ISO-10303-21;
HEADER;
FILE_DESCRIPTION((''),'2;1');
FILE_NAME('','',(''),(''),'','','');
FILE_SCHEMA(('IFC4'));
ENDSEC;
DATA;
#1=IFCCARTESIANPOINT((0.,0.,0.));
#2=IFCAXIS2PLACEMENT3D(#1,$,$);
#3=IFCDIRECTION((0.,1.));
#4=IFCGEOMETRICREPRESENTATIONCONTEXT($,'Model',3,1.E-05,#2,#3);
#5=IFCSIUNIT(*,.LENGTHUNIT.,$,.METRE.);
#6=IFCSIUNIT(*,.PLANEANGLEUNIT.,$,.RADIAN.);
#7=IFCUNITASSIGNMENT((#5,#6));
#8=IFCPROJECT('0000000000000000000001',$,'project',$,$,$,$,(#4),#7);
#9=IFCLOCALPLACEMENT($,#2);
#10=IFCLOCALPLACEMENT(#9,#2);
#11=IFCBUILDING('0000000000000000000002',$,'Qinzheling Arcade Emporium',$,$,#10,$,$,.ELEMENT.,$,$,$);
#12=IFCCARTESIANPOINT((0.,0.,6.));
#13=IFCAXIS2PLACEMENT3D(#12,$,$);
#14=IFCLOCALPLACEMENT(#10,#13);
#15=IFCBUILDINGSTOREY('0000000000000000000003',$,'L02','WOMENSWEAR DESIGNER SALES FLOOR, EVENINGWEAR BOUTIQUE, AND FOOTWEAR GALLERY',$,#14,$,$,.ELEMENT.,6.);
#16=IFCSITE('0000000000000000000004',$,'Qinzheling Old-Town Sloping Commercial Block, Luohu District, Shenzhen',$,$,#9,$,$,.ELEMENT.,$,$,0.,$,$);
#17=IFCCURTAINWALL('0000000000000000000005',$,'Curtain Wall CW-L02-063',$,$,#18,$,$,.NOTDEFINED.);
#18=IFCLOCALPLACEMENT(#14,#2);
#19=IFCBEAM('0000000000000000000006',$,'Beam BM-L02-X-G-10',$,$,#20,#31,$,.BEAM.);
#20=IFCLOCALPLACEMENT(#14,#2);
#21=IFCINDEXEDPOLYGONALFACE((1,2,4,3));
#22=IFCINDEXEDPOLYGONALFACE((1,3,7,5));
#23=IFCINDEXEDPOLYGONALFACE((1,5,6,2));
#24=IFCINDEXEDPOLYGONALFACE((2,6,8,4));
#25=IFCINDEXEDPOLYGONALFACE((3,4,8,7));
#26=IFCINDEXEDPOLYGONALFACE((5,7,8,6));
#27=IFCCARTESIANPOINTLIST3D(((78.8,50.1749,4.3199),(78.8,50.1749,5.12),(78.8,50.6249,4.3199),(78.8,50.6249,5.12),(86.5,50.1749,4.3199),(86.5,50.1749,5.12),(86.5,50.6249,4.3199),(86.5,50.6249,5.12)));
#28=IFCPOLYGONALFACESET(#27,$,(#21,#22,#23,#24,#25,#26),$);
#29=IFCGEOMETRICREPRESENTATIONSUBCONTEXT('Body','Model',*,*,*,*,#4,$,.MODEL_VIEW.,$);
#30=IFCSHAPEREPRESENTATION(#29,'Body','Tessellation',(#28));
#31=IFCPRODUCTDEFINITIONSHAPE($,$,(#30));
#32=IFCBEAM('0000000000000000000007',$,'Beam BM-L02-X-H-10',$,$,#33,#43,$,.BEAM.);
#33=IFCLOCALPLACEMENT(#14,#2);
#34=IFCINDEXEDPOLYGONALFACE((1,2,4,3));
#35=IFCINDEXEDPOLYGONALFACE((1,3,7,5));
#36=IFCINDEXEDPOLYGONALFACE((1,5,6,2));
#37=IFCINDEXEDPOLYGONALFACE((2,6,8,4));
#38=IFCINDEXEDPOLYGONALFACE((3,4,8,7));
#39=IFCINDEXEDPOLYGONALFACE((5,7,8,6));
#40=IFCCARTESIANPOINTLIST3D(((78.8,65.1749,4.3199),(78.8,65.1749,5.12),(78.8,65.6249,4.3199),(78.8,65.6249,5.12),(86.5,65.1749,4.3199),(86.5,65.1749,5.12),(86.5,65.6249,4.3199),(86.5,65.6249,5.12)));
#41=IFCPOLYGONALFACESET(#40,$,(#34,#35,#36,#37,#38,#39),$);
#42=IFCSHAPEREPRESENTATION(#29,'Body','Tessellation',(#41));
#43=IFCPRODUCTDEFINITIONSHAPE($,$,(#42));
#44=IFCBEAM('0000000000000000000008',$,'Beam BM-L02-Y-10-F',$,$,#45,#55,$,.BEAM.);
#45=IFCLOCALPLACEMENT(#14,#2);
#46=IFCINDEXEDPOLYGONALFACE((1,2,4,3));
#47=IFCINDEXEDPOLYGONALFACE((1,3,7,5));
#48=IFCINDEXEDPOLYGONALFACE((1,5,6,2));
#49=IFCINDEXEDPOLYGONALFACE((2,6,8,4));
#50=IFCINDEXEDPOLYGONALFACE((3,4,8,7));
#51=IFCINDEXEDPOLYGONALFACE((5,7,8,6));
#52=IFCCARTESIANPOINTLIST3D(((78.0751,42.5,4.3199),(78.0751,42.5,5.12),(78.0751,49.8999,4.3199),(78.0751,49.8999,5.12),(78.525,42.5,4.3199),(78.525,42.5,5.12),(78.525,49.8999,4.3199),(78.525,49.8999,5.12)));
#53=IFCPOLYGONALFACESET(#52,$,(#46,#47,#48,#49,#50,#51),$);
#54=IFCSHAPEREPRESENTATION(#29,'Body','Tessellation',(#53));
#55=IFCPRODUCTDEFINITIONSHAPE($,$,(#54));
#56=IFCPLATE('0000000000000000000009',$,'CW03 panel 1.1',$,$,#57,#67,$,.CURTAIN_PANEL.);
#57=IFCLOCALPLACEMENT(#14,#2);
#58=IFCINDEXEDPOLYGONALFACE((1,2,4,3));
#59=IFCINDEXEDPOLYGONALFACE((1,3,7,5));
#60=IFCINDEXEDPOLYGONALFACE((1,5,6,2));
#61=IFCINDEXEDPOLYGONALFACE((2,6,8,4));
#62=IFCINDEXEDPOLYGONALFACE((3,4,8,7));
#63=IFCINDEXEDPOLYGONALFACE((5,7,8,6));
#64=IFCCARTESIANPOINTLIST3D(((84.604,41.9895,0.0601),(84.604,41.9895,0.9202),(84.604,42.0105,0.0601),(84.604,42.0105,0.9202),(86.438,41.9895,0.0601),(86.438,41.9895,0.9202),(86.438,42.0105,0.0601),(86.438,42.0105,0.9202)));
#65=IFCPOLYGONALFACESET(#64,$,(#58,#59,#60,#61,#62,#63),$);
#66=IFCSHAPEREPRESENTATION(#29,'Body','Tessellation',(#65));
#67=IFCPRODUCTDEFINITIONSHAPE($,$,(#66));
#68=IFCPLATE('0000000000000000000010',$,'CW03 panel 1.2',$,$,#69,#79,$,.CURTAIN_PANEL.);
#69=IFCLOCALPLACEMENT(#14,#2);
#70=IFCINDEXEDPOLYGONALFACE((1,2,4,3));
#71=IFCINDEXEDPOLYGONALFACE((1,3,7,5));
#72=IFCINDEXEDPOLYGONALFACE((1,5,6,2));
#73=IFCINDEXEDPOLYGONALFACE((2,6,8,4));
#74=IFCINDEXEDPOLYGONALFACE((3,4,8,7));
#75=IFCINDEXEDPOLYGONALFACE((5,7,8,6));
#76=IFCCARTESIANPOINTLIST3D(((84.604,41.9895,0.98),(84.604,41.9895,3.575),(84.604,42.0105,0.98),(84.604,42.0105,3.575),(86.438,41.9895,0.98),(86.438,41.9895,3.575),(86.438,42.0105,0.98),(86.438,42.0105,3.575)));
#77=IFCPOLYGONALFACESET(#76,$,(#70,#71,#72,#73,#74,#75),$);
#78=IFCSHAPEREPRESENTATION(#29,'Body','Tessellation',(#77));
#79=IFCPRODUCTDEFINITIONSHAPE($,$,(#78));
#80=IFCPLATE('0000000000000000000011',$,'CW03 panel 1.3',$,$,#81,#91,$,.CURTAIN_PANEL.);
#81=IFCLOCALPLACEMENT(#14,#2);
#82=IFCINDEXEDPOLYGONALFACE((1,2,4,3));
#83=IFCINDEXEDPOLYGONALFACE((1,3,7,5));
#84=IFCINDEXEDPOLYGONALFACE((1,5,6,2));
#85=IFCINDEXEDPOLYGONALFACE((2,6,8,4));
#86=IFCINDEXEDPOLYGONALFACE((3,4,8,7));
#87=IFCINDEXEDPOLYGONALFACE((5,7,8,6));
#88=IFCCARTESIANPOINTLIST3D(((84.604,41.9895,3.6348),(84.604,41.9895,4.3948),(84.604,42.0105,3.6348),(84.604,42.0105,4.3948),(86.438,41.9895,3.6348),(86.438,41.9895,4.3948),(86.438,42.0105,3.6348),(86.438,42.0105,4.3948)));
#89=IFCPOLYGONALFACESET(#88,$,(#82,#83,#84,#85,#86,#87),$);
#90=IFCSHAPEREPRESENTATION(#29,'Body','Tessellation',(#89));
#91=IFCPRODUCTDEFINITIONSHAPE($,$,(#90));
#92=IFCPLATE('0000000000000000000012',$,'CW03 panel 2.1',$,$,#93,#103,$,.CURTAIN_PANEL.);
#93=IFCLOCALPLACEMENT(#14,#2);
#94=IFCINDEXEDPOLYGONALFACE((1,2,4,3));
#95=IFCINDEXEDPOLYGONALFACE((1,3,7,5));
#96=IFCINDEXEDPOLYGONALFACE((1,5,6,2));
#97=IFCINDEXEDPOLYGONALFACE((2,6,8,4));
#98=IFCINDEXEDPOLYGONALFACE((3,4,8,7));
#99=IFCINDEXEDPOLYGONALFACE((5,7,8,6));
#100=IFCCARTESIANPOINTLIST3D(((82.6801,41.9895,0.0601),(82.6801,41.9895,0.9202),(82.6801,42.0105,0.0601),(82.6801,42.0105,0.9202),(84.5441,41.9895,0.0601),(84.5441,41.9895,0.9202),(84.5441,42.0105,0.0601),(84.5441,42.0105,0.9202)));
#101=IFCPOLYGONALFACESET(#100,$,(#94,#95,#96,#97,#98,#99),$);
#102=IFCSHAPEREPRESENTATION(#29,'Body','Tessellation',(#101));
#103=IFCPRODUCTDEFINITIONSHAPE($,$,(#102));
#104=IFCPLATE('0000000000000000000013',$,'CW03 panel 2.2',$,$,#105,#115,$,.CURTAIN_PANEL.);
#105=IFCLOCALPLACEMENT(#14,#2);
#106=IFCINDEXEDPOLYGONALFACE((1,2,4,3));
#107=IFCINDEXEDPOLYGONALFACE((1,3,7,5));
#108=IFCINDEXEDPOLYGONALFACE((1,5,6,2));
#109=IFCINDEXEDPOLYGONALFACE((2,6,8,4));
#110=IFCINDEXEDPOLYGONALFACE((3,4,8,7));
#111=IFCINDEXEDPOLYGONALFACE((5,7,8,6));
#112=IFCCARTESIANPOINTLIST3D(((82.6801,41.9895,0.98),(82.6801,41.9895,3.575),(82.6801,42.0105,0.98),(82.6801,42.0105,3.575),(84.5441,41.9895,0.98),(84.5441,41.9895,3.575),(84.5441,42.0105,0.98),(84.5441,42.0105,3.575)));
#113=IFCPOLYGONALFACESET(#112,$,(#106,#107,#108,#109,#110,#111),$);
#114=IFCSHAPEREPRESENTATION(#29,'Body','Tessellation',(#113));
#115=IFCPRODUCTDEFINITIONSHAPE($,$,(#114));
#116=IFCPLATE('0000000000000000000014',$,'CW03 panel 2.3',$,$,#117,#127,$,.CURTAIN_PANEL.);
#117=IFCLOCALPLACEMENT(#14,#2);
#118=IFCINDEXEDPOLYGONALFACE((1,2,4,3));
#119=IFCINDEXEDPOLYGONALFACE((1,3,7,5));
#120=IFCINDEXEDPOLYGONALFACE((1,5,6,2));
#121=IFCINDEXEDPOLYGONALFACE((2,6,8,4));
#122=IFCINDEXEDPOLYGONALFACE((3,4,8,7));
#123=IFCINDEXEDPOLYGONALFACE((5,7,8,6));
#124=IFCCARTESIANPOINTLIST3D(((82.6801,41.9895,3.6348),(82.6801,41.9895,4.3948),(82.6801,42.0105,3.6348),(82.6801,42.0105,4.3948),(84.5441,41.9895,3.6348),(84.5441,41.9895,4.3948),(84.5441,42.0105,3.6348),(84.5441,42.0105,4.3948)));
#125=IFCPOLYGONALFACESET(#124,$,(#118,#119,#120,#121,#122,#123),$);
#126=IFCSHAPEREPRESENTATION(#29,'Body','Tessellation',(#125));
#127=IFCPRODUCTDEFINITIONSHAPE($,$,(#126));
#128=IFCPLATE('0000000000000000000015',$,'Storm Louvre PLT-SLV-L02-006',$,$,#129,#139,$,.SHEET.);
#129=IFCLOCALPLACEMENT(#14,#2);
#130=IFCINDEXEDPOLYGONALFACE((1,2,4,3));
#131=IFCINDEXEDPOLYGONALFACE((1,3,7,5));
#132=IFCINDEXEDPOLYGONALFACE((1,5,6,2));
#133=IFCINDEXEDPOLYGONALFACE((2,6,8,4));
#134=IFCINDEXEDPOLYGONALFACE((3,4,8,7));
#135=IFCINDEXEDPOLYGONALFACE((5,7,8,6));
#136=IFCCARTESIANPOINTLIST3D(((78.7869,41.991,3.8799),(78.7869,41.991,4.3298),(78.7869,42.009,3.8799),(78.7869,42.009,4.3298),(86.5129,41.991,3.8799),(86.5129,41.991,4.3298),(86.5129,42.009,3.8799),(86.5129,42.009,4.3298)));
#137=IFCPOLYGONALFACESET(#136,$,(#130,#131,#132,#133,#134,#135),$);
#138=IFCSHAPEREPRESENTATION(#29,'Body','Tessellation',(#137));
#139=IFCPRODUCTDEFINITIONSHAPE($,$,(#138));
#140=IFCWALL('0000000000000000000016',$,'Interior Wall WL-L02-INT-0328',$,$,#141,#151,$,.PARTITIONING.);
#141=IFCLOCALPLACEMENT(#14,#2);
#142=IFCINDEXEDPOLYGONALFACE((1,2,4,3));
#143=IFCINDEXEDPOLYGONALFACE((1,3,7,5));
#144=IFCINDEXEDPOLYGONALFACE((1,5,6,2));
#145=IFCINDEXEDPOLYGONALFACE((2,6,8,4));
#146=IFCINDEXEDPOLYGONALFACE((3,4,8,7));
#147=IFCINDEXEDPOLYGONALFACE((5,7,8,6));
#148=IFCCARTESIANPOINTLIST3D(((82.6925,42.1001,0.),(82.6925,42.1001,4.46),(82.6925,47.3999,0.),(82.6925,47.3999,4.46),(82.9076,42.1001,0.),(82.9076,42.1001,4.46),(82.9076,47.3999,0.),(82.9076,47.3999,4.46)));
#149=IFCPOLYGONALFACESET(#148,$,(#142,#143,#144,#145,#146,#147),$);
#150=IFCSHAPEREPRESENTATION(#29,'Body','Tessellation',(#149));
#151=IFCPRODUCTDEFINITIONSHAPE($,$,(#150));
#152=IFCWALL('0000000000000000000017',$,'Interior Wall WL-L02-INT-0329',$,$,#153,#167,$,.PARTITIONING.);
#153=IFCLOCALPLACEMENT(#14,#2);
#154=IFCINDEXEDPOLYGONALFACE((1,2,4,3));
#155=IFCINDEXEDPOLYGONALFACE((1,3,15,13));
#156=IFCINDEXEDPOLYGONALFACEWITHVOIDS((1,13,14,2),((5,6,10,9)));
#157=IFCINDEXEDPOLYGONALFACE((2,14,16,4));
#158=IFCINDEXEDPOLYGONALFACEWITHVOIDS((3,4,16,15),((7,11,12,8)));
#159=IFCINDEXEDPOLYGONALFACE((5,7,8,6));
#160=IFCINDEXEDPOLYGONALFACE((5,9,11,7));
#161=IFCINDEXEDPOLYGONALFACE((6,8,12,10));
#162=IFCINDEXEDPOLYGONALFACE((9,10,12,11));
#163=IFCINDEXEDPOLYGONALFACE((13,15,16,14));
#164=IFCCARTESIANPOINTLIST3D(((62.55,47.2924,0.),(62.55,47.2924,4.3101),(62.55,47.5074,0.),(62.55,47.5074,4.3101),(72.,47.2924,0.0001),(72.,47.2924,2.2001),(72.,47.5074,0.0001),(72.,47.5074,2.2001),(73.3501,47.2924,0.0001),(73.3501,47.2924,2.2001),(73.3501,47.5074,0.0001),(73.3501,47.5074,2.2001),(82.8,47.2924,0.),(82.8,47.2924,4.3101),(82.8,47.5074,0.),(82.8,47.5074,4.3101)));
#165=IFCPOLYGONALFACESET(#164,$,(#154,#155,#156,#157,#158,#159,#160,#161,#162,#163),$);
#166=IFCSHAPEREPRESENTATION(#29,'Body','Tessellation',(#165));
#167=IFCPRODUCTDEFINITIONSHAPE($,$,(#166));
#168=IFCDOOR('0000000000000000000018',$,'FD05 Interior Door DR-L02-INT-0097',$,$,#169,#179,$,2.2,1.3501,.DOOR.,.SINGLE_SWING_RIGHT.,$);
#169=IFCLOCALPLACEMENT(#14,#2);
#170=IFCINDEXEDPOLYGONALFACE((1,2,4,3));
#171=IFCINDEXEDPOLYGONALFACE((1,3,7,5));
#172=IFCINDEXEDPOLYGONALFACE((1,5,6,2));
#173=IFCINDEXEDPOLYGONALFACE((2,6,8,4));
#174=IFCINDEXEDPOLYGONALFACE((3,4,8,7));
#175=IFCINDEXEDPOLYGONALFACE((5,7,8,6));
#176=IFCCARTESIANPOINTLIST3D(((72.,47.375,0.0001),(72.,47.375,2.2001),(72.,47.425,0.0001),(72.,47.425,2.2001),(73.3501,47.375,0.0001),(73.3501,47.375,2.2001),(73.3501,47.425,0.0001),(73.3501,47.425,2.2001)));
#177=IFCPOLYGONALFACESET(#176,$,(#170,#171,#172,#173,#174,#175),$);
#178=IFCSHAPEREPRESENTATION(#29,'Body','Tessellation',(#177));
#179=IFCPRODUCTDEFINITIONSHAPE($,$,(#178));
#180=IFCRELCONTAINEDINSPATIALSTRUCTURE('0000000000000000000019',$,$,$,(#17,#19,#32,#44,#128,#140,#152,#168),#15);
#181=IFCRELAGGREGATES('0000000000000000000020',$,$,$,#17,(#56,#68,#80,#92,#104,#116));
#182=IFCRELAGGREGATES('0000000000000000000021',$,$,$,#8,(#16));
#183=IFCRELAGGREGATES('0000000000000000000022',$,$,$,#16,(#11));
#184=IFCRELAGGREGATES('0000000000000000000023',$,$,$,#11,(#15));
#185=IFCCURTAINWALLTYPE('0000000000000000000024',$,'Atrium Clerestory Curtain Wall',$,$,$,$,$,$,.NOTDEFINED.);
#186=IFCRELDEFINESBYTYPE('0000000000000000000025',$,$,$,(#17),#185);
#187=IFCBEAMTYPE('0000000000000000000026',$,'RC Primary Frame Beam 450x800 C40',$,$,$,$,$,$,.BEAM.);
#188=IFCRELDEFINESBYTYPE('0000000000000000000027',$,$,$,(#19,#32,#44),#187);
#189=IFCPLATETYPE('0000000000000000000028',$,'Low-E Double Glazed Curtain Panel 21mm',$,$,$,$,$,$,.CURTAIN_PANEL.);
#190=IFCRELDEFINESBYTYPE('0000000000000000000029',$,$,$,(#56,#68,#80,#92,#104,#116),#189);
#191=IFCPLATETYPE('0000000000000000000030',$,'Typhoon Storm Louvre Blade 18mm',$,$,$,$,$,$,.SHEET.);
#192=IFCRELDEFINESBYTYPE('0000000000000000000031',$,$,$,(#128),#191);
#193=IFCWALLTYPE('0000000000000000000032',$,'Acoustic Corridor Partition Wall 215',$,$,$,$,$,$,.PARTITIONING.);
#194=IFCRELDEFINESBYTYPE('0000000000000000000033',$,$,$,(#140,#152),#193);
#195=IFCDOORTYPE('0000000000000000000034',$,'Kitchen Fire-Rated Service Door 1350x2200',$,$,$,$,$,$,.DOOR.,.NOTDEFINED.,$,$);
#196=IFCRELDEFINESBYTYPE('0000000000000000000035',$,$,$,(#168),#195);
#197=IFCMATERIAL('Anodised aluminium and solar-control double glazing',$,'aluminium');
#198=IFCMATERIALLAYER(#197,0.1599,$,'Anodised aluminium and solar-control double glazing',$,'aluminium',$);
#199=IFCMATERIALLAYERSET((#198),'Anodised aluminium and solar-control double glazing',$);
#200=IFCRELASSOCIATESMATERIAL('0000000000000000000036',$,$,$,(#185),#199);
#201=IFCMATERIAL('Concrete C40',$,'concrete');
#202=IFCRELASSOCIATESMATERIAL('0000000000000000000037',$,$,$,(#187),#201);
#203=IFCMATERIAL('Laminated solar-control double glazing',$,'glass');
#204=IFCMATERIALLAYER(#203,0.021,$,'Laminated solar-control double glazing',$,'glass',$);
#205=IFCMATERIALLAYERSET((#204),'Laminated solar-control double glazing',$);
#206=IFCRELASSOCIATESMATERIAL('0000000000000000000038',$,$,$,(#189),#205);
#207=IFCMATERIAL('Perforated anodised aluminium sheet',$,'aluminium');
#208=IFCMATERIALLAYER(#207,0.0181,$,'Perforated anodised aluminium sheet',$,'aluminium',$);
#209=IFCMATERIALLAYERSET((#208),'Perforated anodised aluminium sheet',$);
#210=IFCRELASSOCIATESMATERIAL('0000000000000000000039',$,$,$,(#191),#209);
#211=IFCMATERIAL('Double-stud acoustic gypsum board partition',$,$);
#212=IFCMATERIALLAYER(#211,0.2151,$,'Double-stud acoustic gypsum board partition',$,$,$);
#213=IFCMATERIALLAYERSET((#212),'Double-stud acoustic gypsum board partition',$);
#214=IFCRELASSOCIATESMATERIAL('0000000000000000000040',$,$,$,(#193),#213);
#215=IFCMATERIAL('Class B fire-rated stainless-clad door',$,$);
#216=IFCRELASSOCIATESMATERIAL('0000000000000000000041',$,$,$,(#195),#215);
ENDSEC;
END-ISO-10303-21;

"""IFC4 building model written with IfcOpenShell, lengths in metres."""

from ifc_helpers import new_model, si_unit, direction, frame, frame_2d, origin, origin_2d, place, context, subcontext, project, spatial, rectangle, extrude, material, layer, layer_set, material_profile, profile_set, type_object, element, fill, aggregate, save


model = new_model("IFC4")

# Units and contexts
model_context = context("Model", 3, precision=1e-05, world=origin(), true_north=direction((0.0, 1.0)))
body_context = subcontext(model_context, "Body", "Model", "MODEL_VIEW")
ifc_project = project(units=[si_unit("LENGTHUNIT", "METRE"), si_unit("PLANEANGLEUNIT", "RADIAN")], contexts=[model_context])

# Site, building, storey
site_placement = place(None, origin())
site = spatial("IfcSite", under=ifc_project, at=site_placement, Name="Qinzheling Old-Town Sloping Commercial Block, Luohu District, Shenzhen", CompositionType="ELEMENT", RefElevation=0.0)
building_placement = place(site_placement, origin())
building = spatial("IfcBuilding", under=site, at=building_placement, Name="Qinzheling Arcade Emporium", CompositionType="ELEMENT")
storey_placement = place(building_placement, frame((0.0, 0.0, 6.0)))
storey = spatial("IfcBuildingStorey", under=building, at=storey_placement, Name="L02", Description="WOMENSWEAR DESIGNER SALES FLOOR, EVENINGWEAR BOUTIQUE, AND FOOTWEAR GALLERY", CompositionType="ELEMENT", Elevation=6.0)

# Curtain wall
ifc_material_1 = material(Name="Anodised aluminium and solar-control double glazing", Category="aluminium")
ifc_layer_1 = layer(ifc_material_1, 0.1599, Name="Anodised aluminium and solar-control double glazing", Category="aluminium")
ifc_layer_set_1 = layer_set([ifc_layer_1], Name="Anodised aluminium and solar-control double glazing")
curtain_wall_type = type_object("IfcCurtainWallType", Name="Atrium Clerestory Curtain Wall", PredefinedType="NOTDEFINED", material=ifc_layer_set_1)
curtain_wall_placement = place(storey_placement, origin())
curtain_wall = element("IfcCurtainWall", 1, at=curtain_wall_placement, inside=storey, type_object=curtain_wall_type, Name="Curtain Wall CW-L02-063", PredefinedType="NOTDEFINED")

# Beams
ifc_material_2 = material(Name="Concrete C40", Category="concrete")
ifc_material_profile_1 = material_profile(ifc_material_2, rectangle(XDim=0.45, YDim=0.8, at=origin_2d()), Name="RC 450x800", Category="concrete")
ifc_profile_set_1 = profile_set([ifc_material_profile_1], Name="Concrete C40")
beam_type = type_object("IfcBeamType", Name="RC Primary Frame Beam 450x800 C40", PredefinedType="BEAM", material=ifc_profile_set_1)
for number, where, z_axis, x_axis, name in (
    (2, (78.8, 50.3999, 4.72), (1.0, 0.0, 0.0), (0.0, 1.0, 0.0), "Beam BM-L02-X-G-10"),
    (3, (78.8, 65.3999, 4.72), (1.0, 0.0, 0.0), (0.0, 1.0, 0.0), "Beam BM-L02-X-H-10"),
):
    element("IfcBeam", number, at=place(storey_placement, frame(where, z_axis=z_axis, x_axis=x_axis)), inside=storey, type_object=beam_type, Name=name, PredefinedType="BEAM", context=body_context, shape_type="SweptSolid", body=[
        extrude(rectangle(XDim=0.45, YDim=0.8, at=origin_2d()), origin(), (0.0, 0.0, 1.0), 7.7),
    ])
beam_placement = place(storey_placement, frame((78.3, 42.5, 4.72), z_axis=(0.0, 1.0, 0.0), x_axis=(-1.0, 0.0, 0.0)))
element("IfcBeam", 4, at=beam_placement, inside=storey, type_object=beam_type, Name="Beam BM-L02-Y-10-F", PredefinedType="BEAM", context=body_context, shape_type="SweptSolid", body=[
    extrude(rectangle(XDim=0.45, YDim=0.8, at=origin_2d()), origin(), (0.0, 0.0, 1.0), 7.3999),
])

# Plates
ifc_material_3 = material(Name="Laminated solar-control double glazing", Category="glass")
ifc_layer_2 = layer(ifc_material_3, 0.021, Name="Laminated solar-control double glazing", Category="glass")
ifc_layer_set_2 = layer_set([ifc_layer_2], Name="Laminated solar-control double glazing")
plate_type_1 = type_object("IfcPlateType", Name="Low-E Double Glazed Curtain Panel 21mm", PredefinedType="CURTAIN_PANEL", material=ifc_layer_set_2)
plate_1_placement = place(storey_placement, frame((85.521, 42.0, 0.0601), z_axis=(0.0, 0.0, 1.0), x_axis=(-1.0, 0.0, 0.0)))
plate_1 = element("IfcPlate", 5, at=plate_1_placement, type_object=plate_type_1, Name="CW03 panel 1.1", PredefinedType="CURTAIN_PANEL", context=body_context, shape_type="SweptSolid", body=[
    extrude(rectangle(XDim=1.834, YDim=0.021, at=origin_2d()), origin(), (0.0, 0.0, 1.0), 0.8601),
])
plate_2_placement = place(storey_placement, frame((85.521, 42.0, 0.98), z_axis=(0.0, 0.0, 1.0), x_axis=(-1.0, 0.0, 0.0)))
plate_2 = element("IfcPlate", 6, at=plate_2_placement, type_object=plate_type_1, Name="CW03 panel 1.2", PredefinedType="CURTAIN_PANEL", context=body_context, shape_type="SweptSolid", body=[
    extrude(rectangle(XDim=1.834, YDim=0.021, at=origin_2d()), origin(), (0.0, 0.0, 1.0), 2.595),
])
plate_3_placement = place(storey_placement, frame((85.521, 42.0, 3.6348), z_axis=(0.0, 0.0, 1.0), x_axis=(-1.0, 0.0, 0.0)))
plate_3 = element("IfcPlate", 7, at=plate_3_placement, type_object=plate_type_1, Name="CW03 panel 1.3", PredefinedType="CURTAIN_PANEL", context=body_context, shape_type="SweptSolid", body=[
    extrude(rectangle(XDim=1.834, YDim=0.021, at=origin_2d()), origin(), (0.0, 0.0, 1.0), 0.76),
])
plate_4_placement = place(storey_placement, frame((83.6121, 42.0, 0.0601), z_axis=(0.0, 0.0, 1.0), x_axis=(-1.0, 0.0, 0.0)))
plate_4 = element("IfcPlate", 8, at=plate_4_placement, type_object=plate_type_1, Name="CW03 panel 2.1", PredefinedType="CURTAIN_PANEL", context=body_context, shape_type="SweptSolid", body=[
    extrude(rectangle(XDim=1.864, YDim=0.021, at=origin_2d()), origin(), (0.0, 0.0, 1.0), 0.8601),
])
plate_5_placement = place(storey_placement, frame((83.6121, 42.0, 0.98), z_axis=(0.0, 0.0, 1.0), x_axis=(-1.0, 0.0, 0.0)))
plate_5 = element("IfcPlate", 9, at=plate_5_placement, type_object=plate_type_1, Name="CW03 panel 2.2", PredefinedType="CURTAIN_PANEL", context=body_context, shape_type="SweptSolid", body=[
    extrude(rectangle(XDim=1.864, YDim=0.021, at=origin_2d()), origin(), (0.0, 0.0, 1.0), 2.595),
])
plate_6_placement = place(storey_placement, frame((83.6121, 42.0, 3.6348), z_axis=(0.0, 0.0, 1.0), x_axis=(-1.0, 0.0, 0.0)))
plate_6 = element("IfcPlate", 10, at=plate_6_placement, type_object=plate_type_1, Name="CW03 panel 2.3", PredefinedType="CURTAIN_PANEL", context=body_context, shape_type="SweptSolid", body=[
    extrude(rectangle(XDim=1.864, YDim=0.021, at=origin_2d()), origin(), (0.0, 0.0, 1.0), 0.76),
])
aggregate(curtain_wall, [plate_1, plate_2, plate_3, plate_4, plate_5, plate_6])
ifc_material_4 = material(Name="Perforated anodised aluminium sheet", Category="aluminium")
ifc_layer_3 = layer(ifc_material_4, 0.0181, Name="Perforated anodised aluminium sheet", Category="aluminium")
ifc_layer_set_3 = layer_set([ifc_layer_3], Name="Perforated anodised aluminium sheet")
plate_type_2 = type_object("IfcPlateType", Name="Typhoon Storm Louvre Blade 18mm", PredefinedType="SHEET", material=ifc_layer_set_3)
plate_7_placement = place(storey_placement, frame((82.6499, 42.0, 3.8799), z_axis=(0.0, 0.0, 1.0), x_axis=(-1.0, 0.0, 0.0)))
element("IfcPlate", 11, at=plate_7_placement, inside=storey, type_object=plate_type_2, Name="Storm Louvre PLT-SLV-L02-006", PredefinedType="SHEET", context=body_context, shape_type="SweptSolid", body=[
    extrude(rectangle(XDim=7.7261, YDim=0.0181, at=origin_2d()), origin(), (0.0, 0.0, 1.0), 0.45),
])

# Wall
ifc_material_5 = material(Name="Double-stud acoustic gypsum board partition")
ifc_layer_4 = layer(ifc_material_5, 0.2151, Name="Double-stud acoustic gypsum board partition")
ifc_layer_set_4 = layer_set([ifc_layer_4], Name="Double-stud acoustic gypsum board partition")
wall_type = type_object("IfcWallType", Name="Acoustic Corridor Partition Wall 215", PredefinedType="PARTITIONING", material=ifc_layer_set_4)
wall_1_placement = place(storey_placement, frame((82.8, 42.1001, 0.0), z_axis=(0.0, 0.0, 1.0), x_axis=(0.0, 1.0, 0.0)))
element("IfcWall", 12, at=wall_1_placement, inside=storey, type_object=wall_type, Name="Interior Wall WL-L02-INT-0328", PredefinedType="PARTITIONING", context=body_context, shape_type="SweptSolid", body=[
    extrude(rectangle(XDim=5.2998, YDim=0.2151, at=frame_2d((2.6499, 0.0))), origin(), (0.0, 0.0, 1.0), 4.46),
])

# Wall, opening, door
wall_2_placement = place(storey_placement, frame((82.8, 47.3999, 0.0), z_axis=(0.0, 0.0, 1.0), x_axis=(-1.0, 0.0, 0.0)))
wall_2 = element("IfcWall", 13, at=wall_2_placement, inside=storey, type_object=wall_type, Name="Interior Wall WL-L02-INT-0329", PredefinedType="PARTITIONING", context=body_context, shape_type="SweptSolid", body=[
    extrude(rectangle(XDim=20.25, YDim=0.2151, at=frame_2d((10.125, 0.0))), origin(), (0.0, 0.0, 1.0), 4.3101),
])
opening_placement = place(wall_2_placement, frame((9.45, 0.0, 0.0)))
opening = element("IfcOpeningElement", 14, at=opening_placement, cuts=wall_2, PredefinedType="OPENING", context=body_context, shape_type="SweptSolid", body=[
    extrude(rectangle(XDim=1.3501, YDim=2.2, at=frame_2d((0.675, 1.1001))), frame((0.0, 0.1177, 0.0), z_axis=(0.0, -1.0, 0.0), x_axis=(1.0, 0.0, 0.0)), (0.0, 0.0, 1.0), 0.2351),
])
ifc_material_6 = material(Name="Class B fire-rated stainless-clad door")
door_type = type_object("IfcDoorType", Name="Kitchen Fire-Rated Service Door 1350x2200", OperationType="NOTDEFINED", PredefinedType="DOOR", material=ifc_material_6)
door_placement = place(opening_placement, origin())
door = element("IfcDoor", 15, at=door_placement, inside=storey, type_object=door_type, Name="FD05 Interior Door DR-L02-INT-0097", OperationType="SINGLE_SWING_RIGHT", OverallHeight=2.2, OverallWidth=1.3501, PredefinedType="DOOR", context=body_context, shape_type="SweptSolid", body=[
    extrude(rectangle(XDim=1.3501, YDim=2.2, at=frame_2d((0.675, 1.1001))), frame((0.0, 0.0249, 0.0), z_axis=(0.0, -1.0, 0.0), x_axis=(1.0, 0.0, 0.0)), (0.0, 0.0, 1.0), 0.05),
])
fill(opening, door)

save(model, "model.ifc")
